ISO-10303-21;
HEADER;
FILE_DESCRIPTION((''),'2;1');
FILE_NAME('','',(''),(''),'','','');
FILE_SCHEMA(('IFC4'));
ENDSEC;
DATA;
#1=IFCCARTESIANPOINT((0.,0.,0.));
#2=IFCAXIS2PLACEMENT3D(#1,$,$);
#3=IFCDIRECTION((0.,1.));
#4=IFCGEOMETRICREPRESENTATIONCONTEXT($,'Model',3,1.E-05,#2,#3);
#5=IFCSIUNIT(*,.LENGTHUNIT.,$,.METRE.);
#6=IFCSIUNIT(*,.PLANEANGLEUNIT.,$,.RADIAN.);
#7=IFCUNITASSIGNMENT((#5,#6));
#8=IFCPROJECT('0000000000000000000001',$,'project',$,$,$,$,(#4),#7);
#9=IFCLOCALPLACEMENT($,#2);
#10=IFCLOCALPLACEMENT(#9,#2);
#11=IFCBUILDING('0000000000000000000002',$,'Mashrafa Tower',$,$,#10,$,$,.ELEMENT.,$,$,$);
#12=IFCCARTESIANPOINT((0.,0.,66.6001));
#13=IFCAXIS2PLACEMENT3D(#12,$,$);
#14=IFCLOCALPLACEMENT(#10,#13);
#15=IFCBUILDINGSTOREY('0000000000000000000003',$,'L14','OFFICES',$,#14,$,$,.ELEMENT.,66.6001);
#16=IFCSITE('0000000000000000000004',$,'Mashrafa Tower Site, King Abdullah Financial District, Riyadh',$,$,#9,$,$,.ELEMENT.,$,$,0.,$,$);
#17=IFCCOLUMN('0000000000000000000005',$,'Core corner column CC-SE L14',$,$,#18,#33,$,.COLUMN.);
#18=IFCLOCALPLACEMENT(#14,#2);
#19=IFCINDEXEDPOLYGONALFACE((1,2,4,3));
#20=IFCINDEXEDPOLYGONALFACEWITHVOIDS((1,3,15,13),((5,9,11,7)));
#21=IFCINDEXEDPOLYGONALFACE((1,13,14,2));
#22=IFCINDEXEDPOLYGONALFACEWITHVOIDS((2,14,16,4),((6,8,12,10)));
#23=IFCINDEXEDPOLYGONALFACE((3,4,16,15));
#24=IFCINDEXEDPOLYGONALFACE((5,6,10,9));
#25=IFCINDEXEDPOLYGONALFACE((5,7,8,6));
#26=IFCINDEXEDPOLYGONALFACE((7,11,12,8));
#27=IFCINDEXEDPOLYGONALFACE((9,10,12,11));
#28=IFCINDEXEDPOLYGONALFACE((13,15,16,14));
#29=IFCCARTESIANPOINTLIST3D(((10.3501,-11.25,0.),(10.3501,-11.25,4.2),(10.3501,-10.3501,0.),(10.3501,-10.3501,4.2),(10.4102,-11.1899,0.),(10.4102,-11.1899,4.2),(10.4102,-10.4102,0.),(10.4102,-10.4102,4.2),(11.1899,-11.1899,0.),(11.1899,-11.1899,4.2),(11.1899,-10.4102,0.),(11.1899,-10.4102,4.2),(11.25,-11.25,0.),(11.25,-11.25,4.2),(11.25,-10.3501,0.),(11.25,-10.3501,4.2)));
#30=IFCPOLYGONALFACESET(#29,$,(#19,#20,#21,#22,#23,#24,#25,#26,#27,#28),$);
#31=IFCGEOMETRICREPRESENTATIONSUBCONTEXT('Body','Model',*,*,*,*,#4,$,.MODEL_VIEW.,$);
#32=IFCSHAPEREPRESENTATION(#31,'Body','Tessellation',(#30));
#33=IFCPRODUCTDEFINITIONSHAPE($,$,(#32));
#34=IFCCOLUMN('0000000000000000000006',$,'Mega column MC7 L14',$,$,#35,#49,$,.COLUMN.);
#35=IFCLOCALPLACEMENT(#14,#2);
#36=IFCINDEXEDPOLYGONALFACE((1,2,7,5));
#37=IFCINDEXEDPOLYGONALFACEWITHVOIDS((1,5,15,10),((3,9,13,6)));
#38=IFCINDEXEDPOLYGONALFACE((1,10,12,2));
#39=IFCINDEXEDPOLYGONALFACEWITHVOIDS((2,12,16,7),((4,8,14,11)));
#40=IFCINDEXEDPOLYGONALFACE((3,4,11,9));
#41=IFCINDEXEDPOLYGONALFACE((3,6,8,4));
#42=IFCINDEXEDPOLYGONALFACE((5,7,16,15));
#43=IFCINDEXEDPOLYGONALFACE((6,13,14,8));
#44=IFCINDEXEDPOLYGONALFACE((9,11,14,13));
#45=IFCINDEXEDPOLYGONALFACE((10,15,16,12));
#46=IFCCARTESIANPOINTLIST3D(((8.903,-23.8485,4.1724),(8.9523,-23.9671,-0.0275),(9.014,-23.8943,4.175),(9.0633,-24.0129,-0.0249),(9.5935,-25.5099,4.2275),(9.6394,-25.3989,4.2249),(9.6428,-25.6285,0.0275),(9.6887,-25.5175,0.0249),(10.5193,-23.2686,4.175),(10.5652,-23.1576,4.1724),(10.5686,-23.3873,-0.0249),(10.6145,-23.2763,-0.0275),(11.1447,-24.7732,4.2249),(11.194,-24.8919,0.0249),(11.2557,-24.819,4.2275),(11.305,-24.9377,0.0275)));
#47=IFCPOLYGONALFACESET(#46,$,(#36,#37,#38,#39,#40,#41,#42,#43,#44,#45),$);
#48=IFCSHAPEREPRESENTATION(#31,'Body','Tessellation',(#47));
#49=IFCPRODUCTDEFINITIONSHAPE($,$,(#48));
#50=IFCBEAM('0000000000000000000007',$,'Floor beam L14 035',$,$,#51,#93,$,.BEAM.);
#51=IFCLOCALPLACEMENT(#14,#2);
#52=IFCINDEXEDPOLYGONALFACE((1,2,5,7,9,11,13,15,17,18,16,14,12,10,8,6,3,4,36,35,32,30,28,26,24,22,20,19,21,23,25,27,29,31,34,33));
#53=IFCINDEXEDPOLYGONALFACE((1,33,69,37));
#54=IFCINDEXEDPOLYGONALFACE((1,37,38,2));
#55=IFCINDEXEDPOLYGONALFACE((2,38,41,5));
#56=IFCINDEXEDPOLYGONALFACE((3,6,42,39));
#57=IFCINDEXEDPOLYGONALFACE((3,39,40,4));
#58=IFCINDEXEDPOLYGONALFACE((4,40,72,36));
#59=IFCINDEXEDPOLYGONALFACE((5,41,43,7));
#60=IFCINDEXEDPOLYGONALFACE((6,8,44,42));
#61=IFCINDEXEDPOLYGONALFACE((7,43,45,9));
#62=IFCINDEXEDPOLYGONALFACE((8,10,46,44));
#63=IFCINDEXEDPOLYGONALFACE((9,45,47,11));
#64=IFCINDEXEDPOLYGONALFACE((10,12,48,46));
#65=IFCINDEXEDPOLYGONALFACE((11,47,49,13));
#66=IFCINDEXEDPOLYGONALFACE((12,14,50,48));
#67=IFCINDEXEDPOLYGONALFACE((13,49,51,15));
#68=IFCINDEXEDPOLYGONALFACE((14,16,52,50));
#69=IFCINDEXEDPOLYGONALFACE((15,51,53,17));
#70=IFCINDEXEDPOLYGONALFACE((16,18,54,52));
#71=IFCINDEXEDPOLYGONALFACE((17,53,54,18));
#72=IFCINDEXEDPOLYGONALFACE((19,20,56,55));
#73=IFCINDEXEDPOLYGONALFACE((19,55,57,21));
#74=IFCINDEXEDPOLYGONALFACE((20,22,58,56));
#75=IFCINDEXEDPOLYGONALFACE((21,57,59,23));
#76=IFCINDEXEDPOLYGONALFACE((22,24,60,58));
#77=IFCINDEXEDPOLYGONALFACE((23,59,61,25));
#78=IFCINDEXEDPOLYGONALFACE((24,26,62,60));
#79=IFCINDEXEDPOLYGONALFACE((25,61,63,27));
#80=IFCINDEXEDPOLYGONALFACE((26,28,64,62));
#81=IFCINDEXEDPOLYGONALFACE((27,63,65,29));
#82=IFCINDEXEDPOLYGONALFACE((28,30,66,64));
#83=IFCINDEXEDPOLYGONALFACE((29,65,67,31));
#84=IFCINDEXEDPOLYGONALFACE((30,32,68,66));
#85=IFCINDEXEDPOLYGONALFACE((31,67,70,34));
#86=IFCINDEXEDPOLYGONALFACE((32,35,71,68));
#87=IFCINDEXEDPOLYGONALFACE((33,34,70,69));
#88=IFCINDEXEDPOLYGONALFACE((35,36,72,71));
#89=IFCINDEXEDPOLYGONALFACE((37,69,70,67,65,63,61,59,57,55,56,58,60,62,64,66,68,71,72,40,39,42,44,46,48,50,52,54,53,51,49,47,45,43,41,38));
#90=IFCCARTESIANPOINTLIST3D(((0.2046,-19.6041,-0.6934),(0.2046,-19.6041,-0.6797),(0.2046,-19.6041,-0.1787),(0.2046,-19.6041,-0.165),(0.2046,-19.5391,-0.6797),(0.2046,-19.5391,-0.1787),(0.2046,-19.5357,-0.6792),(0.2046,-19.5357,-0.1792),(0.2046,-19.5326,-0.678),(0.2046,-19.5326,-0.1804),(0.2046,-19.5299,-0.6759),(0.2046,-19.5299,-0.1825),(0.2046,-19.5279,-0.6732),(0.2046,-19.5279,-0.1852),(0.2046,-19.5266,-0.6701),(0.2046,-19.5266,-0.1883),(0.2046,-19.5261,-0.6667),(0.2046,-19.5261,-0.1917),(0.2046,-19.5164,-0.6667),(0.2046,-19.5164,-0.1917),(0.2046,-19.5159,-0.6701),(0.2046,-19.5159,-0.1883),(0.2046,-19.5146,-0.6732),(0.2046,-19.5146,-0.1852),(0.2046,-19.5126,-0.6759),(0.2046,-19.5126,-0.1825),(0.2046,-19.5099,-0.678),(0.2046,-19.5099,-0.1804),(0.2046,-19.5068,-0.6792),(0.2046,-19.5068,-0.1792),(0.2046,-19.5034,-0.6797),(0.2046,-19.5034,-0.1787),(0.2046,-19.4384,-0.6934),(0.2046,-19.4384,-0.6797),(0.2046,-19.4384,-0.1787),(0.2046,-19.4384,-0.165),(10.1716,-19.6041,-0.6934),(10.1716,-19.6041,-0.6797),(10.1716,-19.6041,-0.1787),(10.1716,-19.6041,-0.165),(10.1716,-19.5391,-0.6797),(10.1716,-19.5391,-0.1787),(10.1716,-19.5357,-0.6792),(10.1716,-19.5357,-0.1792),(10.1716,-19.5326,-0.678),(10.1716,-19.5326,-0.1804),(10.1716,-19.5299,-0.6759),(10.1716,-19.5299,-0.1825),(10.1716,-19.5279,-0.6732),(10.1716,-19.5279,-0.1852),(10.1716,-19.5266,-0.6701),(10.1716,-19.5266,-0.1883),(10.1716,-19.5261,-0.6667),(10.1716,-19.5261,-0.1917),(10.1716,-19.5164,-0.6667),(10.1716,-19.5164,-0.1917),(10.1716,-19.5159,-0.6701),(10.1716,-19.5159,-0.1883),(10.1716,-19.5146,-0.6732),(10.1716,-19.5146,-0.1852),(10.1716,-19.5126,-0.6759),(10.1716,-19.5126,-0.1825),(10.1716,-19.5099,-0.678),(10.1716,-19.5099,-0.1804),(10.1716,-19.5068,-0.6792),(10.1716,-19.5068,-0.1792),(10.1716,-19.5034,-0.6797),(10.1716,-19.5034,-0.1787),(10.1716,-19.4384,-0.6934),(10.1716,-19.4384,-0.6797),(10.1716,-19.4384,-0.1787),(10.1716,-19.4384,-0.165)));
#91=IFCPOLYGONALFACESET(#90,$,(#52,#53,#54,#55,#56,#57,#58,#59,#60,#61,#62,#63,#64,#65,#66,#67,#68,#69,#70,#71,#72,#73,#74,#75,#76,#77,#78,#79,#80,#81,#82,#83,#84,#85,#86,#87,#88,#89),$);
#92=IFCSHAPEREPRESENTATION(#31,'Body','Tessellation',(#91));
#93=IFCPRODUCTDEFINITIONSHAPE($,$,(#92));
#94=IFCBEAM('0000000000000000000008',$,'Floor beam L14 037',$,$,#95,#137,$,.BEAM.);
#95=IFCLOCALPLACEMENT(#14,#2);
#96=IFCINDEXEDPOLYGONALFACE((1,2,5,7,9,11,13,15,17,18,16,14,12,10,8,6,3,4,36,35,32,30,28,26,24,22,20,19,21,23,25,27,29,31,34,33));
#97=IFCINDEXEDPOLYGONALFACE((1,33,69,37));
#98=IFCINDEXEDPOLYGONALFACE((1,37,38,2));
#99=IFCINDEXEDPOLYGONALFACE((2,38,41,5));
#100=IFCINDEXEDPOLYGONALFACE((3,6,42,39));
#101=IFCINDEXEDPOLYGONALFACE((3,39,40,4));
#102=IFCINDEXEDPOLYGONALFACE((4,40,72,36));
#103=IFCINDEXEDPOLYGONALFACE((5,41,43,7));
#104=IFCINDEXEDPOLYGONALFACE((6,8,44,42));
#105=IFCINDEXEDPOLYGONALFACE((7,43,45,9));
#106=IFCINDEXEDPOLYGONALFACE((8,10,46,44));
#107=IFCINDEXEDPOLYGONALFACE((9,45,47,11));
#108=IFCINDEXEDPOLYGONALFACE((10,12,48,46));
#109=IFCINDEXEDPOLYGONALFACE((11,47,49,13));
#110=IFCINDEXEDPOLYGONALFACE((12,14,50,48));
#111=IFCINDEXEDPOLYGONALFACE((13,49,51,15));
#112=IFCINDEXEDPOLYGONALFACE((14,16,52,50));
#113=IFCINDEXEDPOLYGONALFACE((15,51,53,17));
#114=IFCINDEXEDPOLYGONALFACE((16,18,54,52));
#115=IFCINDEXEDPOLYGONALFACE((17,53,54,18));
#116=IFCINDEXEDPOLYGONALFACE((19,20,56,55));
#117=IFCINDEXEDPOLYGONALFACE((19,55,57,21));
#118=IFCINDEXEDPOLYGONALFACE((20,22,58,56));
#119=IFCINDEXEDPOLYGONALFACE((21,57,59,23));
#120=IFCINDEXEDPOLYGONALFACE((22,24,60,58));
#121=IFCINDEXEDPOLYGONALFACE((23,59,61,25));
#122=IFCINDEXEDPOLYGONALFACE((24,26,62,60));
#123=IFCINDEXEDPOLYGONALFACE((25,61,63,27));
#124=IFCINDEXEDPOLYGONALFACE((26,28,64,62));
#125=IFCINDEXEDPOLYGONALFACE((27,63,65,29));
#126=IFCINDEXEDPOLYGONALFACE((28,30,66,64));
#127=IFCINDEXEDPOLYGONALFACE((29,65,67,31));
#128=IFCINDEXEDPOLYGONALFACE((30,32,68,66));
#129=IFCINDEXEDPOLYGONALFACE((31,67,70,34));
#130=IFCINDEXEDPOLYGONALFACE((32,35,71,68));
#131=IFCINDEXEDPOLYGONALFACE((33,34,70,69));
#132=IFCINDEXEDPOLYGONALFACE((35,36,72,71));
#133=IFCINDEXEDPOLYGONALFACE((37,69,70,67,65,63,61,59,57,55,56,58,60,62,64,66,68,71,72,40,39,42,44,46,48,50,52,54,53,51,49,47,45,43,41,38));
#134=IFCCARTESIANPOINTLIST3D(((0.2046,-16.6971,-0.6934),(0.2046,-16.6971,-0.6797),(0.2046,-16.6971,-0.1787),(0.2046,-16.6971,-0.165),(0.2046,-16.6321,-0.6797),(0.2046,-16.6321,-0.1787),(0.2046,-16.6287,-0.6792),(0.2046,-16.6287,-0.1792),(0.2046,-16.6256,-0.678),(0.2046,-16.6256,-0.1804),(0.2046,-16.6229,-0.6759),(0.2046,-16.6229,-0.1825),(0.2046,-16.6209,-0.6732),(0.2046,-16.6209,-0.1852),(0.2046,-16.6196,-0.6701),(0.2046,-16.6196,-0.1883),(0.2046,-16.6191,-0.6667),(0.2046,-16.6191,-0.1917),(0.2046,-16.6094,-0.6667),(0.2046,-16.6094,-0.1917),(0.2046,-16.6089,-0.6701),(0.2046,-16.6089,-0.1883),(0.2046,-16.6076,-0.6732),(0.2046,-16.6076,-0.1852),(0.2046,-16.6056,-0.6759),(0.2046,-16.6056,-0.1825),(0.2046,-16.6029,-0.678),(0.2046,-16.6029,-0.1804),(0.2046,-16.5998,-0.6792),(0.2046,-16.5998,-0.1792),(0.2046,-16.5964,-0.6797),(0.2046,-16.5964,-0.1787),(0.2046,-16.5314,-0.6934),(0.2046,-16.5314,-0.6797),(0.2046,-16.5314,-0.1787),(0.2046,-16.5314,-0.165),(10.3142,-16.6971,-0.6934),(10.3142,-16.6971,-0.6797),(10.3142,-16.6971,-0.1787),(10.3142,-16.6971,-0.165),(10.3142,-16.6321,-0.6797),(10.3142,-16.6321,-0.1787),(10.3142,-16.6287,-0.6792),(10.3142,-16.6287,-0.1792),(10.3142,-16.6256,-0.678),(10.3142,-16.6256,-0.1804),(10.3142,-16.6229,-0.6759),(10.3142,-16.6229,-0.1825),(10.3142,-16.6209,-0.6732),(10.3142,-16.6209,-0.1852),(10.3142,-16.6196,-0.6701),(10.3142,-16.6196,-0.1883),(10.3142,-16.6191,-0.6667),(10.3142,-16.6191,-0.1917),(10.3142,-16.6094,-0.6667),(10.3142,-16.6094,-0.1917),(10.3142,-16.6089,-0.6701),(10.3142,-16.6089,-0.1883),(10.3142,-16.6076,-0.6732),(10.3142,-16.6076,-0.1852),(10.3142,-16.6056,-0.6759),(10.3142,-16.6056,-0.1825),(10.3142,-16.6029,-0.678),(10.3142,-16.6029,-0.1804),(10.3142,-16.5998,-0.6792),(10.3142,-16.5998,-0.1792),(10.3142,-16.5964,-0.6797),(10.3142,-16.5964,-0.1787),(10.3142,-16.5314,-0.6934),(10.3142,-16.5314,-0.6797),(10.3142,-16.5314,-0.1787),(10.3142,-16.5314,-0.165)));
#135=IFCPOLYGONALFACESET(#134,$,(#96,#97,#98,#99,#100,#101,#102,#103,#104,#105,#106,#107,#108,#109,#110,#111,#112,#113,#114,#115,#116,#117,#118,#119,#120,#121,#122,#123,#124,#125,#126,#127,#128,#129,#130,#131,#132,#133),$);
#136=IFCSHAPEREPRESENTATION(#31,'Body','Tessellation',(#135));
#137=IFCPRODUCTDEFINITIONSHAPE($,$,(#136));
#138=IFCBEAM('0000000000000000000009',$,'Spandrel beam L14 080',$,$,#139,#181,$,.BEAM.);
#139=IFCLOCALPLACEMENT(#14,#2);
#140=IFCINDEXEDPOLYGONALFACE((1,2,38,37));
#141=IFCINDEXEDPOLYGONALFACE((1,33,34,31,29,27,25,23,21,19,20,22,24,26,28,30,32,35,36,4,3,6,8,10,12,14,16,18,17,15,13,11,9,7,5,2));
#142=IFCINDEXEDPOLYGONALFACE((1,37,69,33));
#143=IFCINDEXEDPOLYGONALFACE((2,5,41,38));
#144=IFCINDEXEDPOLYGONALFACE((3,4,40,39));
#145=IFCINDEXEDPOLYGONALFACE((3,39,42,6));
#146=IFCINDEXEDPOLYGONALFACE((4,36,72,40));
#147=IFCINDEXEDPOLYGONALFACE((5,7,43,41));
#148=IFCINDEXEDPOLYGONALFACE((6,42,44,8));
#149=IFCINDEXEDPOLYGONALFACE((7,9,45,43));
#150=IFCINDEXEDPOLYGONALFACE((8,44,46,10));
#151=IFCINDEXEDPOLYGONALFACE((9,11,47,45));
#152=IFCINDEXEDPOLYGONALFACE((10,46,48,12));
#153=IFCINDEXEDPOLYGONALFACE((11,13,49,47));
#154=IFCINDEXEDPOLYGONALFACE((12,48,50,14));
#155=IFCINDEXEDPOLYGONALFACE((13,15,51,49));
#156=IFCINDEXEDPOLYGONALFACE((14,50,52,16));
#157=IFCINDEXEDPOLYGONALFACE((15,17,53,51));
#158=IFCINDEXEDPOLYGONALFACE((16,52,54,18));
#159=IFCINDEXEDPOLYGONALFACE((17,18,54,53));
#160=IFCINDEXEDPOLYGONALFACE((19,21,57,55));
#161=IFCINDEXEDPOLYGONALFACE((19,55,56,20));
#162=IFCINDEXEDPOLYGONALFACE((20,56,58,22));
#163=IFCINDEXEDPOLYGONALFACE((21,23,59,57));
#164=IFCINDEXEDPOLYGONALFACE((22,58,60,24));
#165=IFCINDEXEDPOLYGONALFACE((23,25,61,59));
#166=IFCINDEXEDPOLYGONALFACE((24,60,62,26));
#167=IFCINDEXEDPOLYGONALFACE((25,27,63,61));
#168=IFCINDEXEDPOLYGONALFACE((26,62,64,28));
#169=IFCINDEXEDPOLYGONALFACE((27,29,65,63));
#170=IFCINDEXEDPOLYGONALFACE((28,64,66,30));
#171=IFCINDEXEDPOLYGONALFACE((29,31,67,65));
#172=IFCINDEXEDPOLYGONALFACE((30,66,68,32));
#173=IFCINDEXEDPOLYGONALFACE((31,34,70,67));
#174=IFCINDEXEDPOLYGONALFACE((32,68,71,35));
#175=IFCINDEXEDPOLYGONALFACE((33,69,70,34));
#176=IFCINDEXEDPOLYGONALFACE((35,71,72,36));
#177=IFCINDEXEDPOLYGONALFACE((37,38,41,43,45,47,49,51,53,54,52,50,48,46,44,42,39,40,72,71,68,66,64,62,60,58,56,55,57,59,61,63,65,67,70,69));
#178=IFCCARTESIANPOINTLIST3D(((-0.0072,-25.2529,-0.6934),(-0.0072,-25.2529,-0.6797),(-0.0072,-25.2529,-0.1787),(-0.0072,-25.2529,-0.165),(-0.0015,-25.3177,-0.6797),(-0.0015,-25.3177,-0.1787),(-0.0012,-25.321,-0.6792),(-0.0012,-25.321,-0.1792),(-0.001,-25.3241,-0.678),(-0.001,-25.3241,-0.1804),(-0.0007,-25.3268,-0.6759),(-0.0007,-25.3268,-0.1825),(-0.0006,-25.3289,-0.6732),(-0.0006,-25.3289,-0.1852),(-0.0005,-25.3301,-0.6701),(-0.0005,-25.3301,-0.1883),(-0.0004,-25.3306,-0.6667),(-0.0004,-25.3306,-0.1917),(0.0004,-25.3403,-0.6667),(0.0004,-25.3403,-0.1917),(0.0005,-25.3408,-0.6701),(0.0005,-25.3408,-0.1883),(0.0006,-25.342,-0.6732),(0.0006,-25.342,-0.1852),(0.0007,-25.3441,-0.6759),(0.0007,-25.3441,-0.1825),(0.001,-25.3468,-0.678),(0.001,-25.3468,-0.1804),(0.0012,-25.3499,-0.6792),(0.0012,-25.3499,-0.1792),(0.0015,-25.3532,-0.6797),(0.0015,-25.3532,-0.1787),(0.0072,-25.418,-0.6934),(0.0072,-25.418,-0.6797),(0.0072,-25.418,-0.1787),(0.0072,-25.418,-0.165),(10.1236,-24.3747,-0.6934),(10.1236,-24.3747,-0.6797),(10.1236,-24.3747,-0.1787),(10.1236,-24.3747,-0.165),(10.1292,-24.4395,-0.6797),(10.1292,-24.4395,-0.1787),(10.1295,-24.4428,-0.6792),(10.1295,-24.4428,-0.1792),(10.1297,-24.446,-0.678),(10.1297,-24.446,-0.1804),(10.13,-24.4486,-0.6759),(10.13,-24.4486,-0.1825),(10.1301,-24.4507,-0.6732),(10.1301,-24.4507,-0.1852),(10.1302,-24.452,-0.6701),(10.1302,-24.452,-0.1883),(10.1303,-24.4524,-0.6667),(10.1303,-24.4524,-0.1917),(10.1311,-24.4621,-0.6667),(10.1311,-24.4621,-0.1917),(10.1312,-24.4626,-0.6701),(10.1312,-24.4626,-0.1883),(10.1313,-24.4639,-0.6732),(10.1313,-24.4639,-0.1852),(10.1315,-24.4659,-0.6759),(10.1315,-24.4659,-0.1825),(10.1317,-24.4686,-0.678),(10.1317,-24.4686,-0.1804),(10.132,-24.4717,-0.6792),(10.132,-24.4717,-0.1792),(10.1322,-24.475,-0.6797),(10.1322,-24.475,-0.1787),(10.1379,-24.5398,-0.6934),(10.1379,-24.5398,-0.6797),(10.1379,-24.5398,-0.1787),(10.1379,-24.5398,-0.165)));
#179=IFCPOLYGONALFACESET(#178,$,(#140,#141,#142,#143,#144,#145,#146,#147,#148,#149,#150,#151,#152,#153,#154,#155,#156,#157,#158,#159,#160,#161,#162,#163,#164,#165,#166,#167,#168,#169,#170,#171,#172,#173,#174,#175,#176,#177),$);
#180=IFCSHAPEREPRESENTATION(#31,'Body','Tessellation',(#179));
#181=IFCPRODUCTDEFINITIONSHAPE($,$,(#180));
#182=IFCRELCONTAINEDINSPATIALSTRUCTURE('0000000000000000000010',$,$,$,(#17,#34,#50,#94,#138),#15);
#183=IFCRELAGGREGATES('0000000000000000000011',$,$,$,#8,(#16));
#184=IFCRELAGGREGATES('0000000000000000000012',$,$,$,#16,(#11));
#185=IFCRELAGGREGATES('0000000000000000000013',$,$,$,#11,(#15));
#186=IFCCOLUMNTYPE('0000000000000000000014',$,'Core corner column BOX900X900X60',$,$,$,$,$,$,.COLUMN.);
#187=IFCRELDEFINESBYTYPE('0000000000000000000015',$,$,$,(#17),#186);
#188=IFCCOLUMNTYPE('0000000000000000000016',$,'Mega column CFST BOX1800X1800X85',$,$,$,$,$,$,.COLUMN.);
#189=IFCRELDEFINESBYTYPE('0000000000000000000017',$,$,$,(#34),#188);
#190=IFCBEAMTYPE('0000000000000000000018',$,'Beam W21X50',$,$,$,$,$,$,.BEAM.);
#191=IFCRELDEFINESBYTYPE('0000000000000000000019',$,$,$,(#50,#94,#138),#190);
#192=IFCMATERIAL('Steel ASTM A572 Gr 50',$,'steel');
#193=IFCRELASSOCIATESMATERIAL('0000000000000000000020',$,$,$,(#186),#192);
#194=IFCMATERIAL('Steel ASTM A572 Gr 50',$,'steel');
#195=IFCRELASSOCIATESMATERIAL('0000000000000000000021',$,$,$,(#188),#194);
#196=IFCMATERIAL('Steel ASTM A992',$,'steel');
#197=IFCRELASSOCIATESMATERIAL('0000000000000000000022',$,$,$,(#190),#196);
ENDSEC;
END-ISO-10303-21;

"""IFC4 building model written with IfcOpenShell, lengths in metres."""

from ifc_helpers import new_model, si_unit, direction, frame, origin, origin_2d, place, context, subcontext, project, spatial, hollow_rectangle, i_section, extrude, material, material_profile, profile_set, type_object, element, save


model = new_model("IFC4")

# Units and contexts
model_context = context("Model", 3, precision=1e-05, world=origin(), true_north=direction((0.0, 1.0)))
body_context = subcontext(model_context, "Body", "Model", "MODEL_VIEW")
ifc_project = project(units=[si_unit("LENGTHUNIT", "METRE"), si_unit("PLANEANGLEUNIT", "RADIAN")], contexts=[model_context])

# Site, building, storey
site_placement = place(None, origin())
site = spatial("IfcSite", under=ifc_project, at=site_placement, Name="Mashrafa Tower Site, King Abdullah Financial District, Riyadh", CompositionType="ELEMENT", RefElevation=0.0)
building_placement = place(site_placement, origin())
building = spatial("IfcBuilding", under=site, at=building_placement, Name="Mashrafa Tower", CompositionType="ELEMENT")
storey_placement = place(building_placement, frame((0.0, 0.0, 66.6001)))
storey = spatial("IfcBuildingStorey", under=building, at=storey_placement, Name="L14", Description="OFFICES", CompositionType="ELEMENT", Elevation=66.6001)

# Columns
ifc_material_1 = material(Name="Steel ASTM A572 Gr 50", Category="steel")
ifc_material_profile_1 = material_profile(ifc_material_1, hollow_rectangle(XDim=0.8999, YDim=0.8999, WallThickness=0.0601, at=origin_2d()), Name="BOX900X900X60")
ifc_profile_set_1 = profile_set([ifc_material_profile_1], Name="Steel ASTM A572 Gr 50")
column_type_1 = type_object("IfcColumnType", Name="Core corner column BOX900X900X60", PredefinedType="COLUMN", material=ifc_profile_set_1)
column_1_placement = place(storey_placement, frame((10.8, -10.8, 0.0), z_axis=(0.0, 0.0, 1.0), x_axis=(1.0, 0.0, 0.0)))
element("IfcColumn", 1, at=column_1_placement, inside=storey, type_object=column_type_1, Name="Core corner column CC-SE L14", PredefinedType="COLUMN", context=body_context, shape_type="SweptSolid", body=[
    extrude(hollow_rectangle(XDim=0.8999, YDim=0.8999, WallThickness=0.0601, at=origin_2d()), origin(), (0.0, 0.0, 1.0), 4.2),
])
ifc_material_2 = material(Name="Steel ASTM A572 Gr 50", Category="steel")
ifc_material_profile_2 = material_profile(ifc_material_2, hollow_rectangle(XDim=1.8, YDim=1.8, WallThickness=0.085, at=origin_2d()), Name="BOX1800X1800X85")
ifc_profile_set_2 = profile_set([ifc_material_profile_2], Name="Steel ASTM A572 Gr 50")
column_type_2 = type_object("IfcColumnType", Name="Mega column CFST BOX1800X1800X85", PredefinedType="COLUMN", material=ifc_profile_set_2)
column_2_placement = place(storey_placement, frame((10.1287, -24.4524, 0.0), z_axis=(-0.011737, 0.028238, 0.999532), x_axis=(-0.923414, -0.383806, 0.0)))
element("IfcColumn", 2, at=column_2_placement, inside=storey, type_object=column_type_2, Name="Mega column MC7 L14", PredefinedType="COLUMN", context=body_context, shape_type="SweptSolid", body=[
    extrude(hollow_rectangle(XDim=1.8, YDim=1.8, WallThickness=0.085, at=origin_2d()), origin(), (0.0, 0.0, 1.0), 4.2019),
])

# Beams
ifc_material_3 = material(Name="Steel ASTM A992", Category="steel")
ifc_material_profile_3 = material_profile(ifc_material_3, i_section(OverallWidth=0.1658, OverallDepth=0.5283, WebThickness=0.0098, FlangeThickness=0.0137, FilletRadius=0.0129, at=origin_2d()), Name="W21X50")
ifc_profile_set_3 = profile_set([ifc_material_profile_3], Name="Steel ASTM A992")
beam_type_1 = type_object("IfcBeamType", Name="Beam W21X50", PredefinedType="BEAM", material=ifc_profile_set_3)
beam_1_placement = place(storey_placement, frame((10.1716, -19.5212, -0.4292), z_axis=(-1.0, 0.0, 0.0), x_axis=(0.0, -1.0, 0.0)))
element("IfcBeam", 3, at=beam_1_placement, inside=storey, type_object=beam_type_1, Name="Floor beam L14 035", PredefinedType="BEAM", context=body_context, shape_type="SweptSolid", body=[
    extrude(i_section(OverallWidth=0.1658, OverallDepth=0.5283, WebThickness=0.0098, FlangeThickness=0.0137, FilletRadius=0.0129, at=origin_2d()), origin(), (0.0, 0.0, 1.0), 9.967),
])
beam_2_placement = place(storey_placement, frame((10.3142, -16.6143, -0.4292), z_axis=(-1.0, 0.0, 0.0), x_axis=(0.0, -1.0, 0.0)))
element("IfcBeam", 4, at=beam_2_placement, inside=storey, type_object=beam_type_1, Name="Floor beam L14 037", PredefinedType="BEAM", context=body_context, shape_type="SweptSolid", body=[
    extrude(i_section(OverallWidth=0.1658, OverallDepth=0.5283, WebThickness=0.0098, FlangeThickness=0.0137, FilletRadius=0.0129, at=origin_2d()), origin(), (0.0, 0.0, 1.0), 10.1096),
])
beam_3_placement = place(storey_placement, frame((0.0, -25.3354, -0.4292), z_axis=(0.996264, 0.086361, 0.0), x_axis=(-0.086361, 0.996264, 0.0)))
element("IfcBeam", 5, at=beam_3_placement, inside=storey, type_object=beam_type_1, Name="Spandrel beam L14 080", PredefinedType="BEAM", context=body_context, shape_type="SweptSolid", body=[
    extrude(i_section(OverallWidth=0.1658, OverallDepth=0.5283, WebThickness=0.0098, FlangeThickness=0.0137, FilletRadius=0.0129, at=origin_2d()), origin(), (0.0, 0.0, 1.0), 10.1687),
])

save(model, "model.ifc")
